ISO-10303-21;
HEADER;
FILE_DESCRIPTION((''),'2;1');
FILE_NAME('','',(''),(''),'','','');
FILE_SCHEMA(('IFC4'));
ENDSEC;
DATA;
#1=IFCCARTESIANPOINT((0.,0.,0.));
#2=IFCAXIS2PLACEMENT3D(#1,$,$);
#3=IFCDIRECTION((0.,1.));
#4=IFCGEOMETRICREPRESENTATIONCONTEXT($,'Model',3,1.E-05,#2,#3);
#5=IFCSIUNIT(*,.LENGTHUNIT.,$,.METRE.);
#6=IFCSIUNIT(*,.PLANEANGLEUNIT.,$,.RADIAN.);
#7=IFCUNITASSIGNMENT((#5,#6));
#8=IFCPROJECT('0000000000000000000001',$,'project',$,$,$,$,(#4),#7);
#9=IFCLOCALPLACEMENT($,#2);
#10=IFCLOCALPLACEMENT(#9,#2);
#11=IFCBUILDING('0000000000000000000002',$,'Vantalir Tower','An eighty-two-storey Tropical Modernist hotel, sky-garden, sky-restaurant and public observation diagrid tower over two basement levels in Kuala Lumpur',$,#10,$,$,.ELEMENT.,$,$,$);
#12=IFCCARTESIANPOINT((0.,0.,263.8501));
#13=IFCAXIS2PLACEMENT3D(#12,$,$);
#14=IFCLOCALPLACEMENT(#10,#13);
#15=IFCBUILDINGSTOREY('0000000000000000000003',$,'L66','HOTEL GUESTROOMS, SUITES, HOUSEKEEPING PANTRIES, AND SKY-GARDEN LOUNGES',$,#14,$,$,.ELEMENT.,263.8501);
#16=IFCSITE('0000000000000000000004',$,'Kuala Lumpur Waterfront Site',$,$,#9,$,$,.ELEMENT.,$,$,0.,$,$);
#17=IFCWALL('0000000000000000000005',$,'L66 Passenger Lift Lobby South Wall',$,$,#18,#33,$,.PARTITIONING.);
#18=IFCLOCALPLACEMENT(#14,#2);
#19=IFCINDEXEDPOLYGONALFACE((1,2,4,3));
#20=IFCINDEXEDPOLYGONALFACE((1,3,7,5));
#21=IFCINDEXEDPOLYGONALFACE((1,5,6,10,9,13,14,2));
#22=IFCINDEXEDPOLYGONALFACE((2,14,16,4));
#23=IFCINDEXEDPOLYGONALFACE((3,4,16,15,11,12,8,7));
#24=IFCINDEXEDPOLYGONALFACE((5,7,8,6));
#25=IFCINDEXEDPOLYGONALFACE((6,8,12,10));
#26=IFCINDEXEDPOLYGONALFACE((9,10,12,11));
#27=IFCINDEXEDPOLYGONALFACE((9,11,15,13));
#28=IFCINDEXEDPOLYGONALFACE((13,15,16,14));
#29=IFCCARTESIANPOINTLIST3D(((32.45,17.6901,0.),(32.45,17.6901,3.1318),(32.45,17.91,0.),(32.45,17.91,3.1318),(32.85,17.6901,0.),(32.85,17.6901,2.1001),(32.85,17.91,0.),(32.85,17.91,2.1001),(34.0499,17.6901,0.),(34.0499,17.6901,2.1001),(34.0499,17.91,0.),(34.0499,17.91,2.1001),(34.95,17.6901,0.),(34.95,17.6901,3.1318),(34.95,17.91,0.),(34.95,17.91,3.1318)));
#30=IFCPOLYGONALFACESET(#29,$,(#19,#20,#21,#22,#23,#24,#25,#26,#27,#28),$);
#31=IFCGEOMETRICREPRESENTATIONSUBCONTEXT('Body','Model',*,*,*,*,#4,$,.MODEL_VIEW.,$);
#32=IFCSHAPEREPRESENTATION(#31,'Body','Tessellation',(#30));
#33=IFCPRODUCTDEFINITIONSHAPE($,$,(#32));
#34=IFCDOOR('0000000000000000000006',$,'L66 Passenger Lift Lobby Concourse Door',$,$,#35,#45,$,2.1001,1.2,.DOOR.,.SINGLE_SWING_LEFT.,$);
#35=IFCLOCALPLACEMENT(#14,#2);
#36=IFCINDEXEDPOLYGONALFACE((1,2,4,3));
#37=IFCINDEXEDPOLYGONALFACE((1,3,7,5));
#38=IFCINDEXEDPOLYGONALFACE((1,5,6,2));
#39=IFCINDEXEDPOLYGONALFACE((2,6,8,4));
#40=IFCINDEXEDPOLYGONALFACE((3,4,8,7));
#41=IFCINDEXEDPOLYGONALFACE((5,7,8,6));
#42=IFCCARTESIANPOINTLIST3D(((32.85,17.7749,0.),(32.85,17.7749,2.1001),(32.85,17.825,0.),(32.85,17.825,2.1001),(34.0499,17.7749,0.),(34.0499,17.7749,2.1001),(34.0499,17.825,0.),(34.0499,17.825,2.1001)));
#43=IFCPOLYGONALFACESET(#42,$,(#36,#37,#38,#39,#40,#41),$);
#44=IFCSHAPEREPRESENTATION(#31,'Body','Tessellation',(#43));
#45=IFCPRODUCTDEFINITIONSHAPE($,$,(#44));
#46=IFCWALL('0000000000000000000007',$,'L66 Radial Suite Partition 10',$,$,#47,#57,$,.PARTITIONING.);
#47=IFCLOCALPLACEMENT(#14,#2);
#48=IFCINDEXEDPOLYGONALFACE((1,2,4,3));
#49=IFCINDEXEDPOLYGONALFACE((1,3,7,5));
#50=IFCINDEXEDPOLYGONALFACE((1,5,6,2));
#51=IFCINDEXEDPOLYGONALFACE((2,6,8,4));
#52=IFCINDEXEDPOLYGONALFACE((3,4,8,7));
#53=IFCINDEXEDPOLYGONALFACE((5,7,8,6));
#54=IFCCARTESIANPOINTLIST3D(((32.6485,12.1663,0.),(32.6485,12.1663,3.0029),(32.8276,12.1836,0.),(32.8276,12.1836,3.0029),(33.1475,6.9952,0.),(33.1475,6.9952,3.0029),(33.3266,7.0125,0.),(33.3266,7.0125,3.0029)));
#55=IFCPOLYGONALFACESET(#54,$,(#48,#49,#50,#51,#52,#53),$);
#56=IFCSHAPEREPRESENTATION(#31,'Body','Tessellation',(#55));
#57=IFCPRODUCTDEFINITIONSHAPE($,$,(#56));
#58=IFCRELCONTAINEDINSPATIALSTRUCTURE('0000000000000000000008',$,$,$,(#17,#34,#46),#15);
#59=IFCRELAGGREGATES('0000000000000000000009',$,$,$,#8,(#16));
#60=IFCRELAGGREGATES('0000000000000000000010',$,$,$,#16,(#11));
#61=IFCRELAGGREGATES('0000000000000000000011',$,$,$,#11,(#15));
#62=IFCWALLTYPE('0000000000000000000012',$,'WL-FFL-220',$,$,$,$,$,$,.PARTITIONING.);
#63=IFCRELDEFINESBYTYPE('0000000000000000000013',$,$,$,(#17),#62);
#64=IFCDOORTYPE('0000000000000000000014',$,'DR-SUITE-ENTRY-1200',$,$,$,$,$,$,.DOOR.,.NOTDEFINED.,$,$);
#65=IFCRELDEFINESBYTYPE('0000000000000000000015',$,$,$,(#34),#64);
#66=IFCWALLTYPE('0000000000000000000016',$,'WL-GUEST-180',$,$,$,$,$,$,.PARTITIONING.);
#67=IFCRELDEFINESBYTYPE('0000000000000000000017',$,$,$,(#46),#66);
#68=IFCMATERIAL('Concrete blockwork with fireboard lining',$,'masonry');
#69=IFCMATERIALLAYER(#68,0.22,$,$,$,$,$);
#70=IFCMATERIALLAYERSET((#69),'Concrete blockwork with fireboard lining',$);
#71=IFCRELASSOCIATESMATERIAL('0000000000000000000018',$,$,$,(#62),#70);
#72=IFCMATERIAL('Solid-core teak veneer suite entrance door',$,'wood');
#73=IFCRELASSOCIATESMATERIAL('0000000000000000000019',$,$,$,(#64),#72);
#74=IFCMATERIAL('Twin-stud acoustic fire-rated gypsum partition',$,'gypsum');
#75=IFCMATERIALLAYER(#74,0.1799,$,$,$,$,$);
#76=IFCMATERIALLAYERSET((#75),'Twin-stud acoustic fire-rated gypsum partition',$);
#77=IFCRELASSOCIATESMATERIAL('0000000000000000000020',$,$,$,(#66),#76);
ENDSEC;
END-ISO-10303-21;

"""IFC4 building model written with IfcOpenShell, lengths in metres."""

from ifc_helpers import new_model, si_unit, direction, frame, frame_2d, origin, place, context, subcontext, project, spatial, rectangle, extrude, material, layer, layer_set, type_object, element, fill, save


model = new_model("IFC4")

# Units and contexts
model_context = context("Model", 3, precision=1e-05, world=origin(), true_north=direction((0.0, 1.0)))
body_context = subcontext(model_context, "Body", "Model", "MODEL_VIEW")
ifc_project = project(units=[si_unit("LENGTHUNIT", "METRE"), si_unit("PLANEANGLEUNIT", "RADIAN")], contexts=[model_context])

# Site, building, storey
site_placement = place(None, origin())
site = spatial("IfcSite", under=ifc_project, at=site_placement, Name="Kuala Lumpur Waterfront Site", CompositionType="ELEMENT", RefElevation=0.0)
building_placement = place(site_placement, origin())
building = spatial("IfcBuilding", under=site, at=building_placement, Name="Vantalir Tower", Description="An eighty-two-storey Tropical Modernist hotel, sky-garden, sky-restaurant and public observation diagrid tower over two basement levels in Kuala Lumpur", CompositionType="ELEMENT")
storey_placement = place(building_placement, frame((0.0, 0.0, 263.8501)))
storey = spatial("IfcBuildingStorey", under=building, at=storey_placement, Name="L66", Description="HOTEL GUESTROOMS, SUITES, HOUSEKEEPING PANTRIES, AND SKY-GARDEN LOUNGES", CompositionType="ELEMENT", Elevation=263.8501)

# Wall, opening, door
ifc_material_1 = material(Name="Concrete blockwork with fireboard lining", Category="masonry")
ifc_layer_1 = layer(ifc_material_1, 0.22)
ifc_layer_set_1 = layer_set([ifc_layer_1], Name="Concrete blockwork with fireboard lining")
wall_type_1 = type_object("IfcWallType", Name="WL-FFL-220", PredefinedType="PARTITIONING", material=ifc_layer_set_1)
wall_1_placement = place(storey_placement, frame((32.45, 17.8, 0.0), z_axis=(0.0, 0.0, 1.0), x_axis=(1.0, 0.0, 0.0)))
wall_1 = element("IfcWall", 1, at=wall_1_placement, inside=storey, type_object=wall_type_1, Name="L66 Passenger Lift Lobby South Wall", PredefinedType="PARTITIONING", context=body_context, shape_type="SweptSolid", body=[
    extrude(rectangle(XDim=2.5, YDim=0.22, at=frame_2d((1.25, 0.0))), origin(), (0.0, 0.0, 1.0), 3.1318),
])
opening_1_placement = place(wall_1_placement, frame((0.3999, 0.0, 0.0)))
opening_1 = element("IfcOpeningElement", 2, at=opening_1_placement, cuts=wall_1, PredefinedType="OPENING", context=body_context, shape_type="SweptSolid", body=[
    extrude(rectangle(XDim=1.2, YDim=2.1001, at=frame_2d((0.6001, 1.05))), frame((0.0, 0.1199, 0.0), z_axis=(0.0, -1.0, 0.0), x_axis=(1.0, 0.0, 0.0)), (0.0, 0.0, 1.0), 0.24),
])
ifc_material_2 = material(Name="Solid-core teak veneer suite entrance door", Category="wood")
door_type_1 = type_object("IfcDoorType", Name="DR-SUITE-ENTRY-1200", OperationType="NOTDEFINED", PredefinedType="DOOR", material=ifc_material_2)
door_1_placement = place(opening_1_placement, origin())
door_1 = element("IfcDoor", 3, at=door_1_placement, inside=storey, type_object=door_type_1, Name="L66 Passenger Lift Lobby Concourse Door", OperationType="SINGLE_SWING_LEFT", OverallHeight=2.1001, OverallWidth=1.2, PredefinedType="DOOR", context=body_context, shape_type="SweptSolid", body=[
    extrude(rectangle(XDim=1.2, YDim=2.1001, at=frame_2d((0.6001, 1.05))), frame((0.0, 0.0249, 0.0), z_axis=(0.0, -1.0, 0.0), x_axis=(1.0, 0.0, 0.0)), (0.0, 0.0, 1.0), 0.05),
])
fill(opening_1, door_1)

# Wall
ifc_material_3 = material(Name="Twin-stud acoustic fire-rated gypsum partition", Category="gypsum")
ifc_layer_2 = layer(ifc_material_3, 0.1799)
ifc_layer_set_2 = layer_set([ifc_layer_2], Name="Twin-stud acoustic fire-rated gypsum partition")
wall_type_2 = type_object("IfcWallType", Name="WL-GUEST-180", PredefinedType="PARTITIONING", material=ifc_layer_set_2)
wall_2_placement = place(storey_placement, frame((32.738, 12.175, 0.0), z_axis=(0.0, 0.0, 1.0), x_axis=(0.096055, -0.995376, 0.0)))
element("IfcWall", 4, at=wall_2_placement, inside=storey, type_object=wall_type_2, Name="L66 Radial Suite Partition 10", PredefinedType="PARTITIONING", context=body_context, shape_type="SweptSolid", body=[
    extrude(rectangle(XDim=5.1951, YDim=0.1799, at=frame_2d((2.5977, 0.0))), origin(), (0.0, 0.0, 1.0), 3.0029),
])

save(model, "model.ifc")
